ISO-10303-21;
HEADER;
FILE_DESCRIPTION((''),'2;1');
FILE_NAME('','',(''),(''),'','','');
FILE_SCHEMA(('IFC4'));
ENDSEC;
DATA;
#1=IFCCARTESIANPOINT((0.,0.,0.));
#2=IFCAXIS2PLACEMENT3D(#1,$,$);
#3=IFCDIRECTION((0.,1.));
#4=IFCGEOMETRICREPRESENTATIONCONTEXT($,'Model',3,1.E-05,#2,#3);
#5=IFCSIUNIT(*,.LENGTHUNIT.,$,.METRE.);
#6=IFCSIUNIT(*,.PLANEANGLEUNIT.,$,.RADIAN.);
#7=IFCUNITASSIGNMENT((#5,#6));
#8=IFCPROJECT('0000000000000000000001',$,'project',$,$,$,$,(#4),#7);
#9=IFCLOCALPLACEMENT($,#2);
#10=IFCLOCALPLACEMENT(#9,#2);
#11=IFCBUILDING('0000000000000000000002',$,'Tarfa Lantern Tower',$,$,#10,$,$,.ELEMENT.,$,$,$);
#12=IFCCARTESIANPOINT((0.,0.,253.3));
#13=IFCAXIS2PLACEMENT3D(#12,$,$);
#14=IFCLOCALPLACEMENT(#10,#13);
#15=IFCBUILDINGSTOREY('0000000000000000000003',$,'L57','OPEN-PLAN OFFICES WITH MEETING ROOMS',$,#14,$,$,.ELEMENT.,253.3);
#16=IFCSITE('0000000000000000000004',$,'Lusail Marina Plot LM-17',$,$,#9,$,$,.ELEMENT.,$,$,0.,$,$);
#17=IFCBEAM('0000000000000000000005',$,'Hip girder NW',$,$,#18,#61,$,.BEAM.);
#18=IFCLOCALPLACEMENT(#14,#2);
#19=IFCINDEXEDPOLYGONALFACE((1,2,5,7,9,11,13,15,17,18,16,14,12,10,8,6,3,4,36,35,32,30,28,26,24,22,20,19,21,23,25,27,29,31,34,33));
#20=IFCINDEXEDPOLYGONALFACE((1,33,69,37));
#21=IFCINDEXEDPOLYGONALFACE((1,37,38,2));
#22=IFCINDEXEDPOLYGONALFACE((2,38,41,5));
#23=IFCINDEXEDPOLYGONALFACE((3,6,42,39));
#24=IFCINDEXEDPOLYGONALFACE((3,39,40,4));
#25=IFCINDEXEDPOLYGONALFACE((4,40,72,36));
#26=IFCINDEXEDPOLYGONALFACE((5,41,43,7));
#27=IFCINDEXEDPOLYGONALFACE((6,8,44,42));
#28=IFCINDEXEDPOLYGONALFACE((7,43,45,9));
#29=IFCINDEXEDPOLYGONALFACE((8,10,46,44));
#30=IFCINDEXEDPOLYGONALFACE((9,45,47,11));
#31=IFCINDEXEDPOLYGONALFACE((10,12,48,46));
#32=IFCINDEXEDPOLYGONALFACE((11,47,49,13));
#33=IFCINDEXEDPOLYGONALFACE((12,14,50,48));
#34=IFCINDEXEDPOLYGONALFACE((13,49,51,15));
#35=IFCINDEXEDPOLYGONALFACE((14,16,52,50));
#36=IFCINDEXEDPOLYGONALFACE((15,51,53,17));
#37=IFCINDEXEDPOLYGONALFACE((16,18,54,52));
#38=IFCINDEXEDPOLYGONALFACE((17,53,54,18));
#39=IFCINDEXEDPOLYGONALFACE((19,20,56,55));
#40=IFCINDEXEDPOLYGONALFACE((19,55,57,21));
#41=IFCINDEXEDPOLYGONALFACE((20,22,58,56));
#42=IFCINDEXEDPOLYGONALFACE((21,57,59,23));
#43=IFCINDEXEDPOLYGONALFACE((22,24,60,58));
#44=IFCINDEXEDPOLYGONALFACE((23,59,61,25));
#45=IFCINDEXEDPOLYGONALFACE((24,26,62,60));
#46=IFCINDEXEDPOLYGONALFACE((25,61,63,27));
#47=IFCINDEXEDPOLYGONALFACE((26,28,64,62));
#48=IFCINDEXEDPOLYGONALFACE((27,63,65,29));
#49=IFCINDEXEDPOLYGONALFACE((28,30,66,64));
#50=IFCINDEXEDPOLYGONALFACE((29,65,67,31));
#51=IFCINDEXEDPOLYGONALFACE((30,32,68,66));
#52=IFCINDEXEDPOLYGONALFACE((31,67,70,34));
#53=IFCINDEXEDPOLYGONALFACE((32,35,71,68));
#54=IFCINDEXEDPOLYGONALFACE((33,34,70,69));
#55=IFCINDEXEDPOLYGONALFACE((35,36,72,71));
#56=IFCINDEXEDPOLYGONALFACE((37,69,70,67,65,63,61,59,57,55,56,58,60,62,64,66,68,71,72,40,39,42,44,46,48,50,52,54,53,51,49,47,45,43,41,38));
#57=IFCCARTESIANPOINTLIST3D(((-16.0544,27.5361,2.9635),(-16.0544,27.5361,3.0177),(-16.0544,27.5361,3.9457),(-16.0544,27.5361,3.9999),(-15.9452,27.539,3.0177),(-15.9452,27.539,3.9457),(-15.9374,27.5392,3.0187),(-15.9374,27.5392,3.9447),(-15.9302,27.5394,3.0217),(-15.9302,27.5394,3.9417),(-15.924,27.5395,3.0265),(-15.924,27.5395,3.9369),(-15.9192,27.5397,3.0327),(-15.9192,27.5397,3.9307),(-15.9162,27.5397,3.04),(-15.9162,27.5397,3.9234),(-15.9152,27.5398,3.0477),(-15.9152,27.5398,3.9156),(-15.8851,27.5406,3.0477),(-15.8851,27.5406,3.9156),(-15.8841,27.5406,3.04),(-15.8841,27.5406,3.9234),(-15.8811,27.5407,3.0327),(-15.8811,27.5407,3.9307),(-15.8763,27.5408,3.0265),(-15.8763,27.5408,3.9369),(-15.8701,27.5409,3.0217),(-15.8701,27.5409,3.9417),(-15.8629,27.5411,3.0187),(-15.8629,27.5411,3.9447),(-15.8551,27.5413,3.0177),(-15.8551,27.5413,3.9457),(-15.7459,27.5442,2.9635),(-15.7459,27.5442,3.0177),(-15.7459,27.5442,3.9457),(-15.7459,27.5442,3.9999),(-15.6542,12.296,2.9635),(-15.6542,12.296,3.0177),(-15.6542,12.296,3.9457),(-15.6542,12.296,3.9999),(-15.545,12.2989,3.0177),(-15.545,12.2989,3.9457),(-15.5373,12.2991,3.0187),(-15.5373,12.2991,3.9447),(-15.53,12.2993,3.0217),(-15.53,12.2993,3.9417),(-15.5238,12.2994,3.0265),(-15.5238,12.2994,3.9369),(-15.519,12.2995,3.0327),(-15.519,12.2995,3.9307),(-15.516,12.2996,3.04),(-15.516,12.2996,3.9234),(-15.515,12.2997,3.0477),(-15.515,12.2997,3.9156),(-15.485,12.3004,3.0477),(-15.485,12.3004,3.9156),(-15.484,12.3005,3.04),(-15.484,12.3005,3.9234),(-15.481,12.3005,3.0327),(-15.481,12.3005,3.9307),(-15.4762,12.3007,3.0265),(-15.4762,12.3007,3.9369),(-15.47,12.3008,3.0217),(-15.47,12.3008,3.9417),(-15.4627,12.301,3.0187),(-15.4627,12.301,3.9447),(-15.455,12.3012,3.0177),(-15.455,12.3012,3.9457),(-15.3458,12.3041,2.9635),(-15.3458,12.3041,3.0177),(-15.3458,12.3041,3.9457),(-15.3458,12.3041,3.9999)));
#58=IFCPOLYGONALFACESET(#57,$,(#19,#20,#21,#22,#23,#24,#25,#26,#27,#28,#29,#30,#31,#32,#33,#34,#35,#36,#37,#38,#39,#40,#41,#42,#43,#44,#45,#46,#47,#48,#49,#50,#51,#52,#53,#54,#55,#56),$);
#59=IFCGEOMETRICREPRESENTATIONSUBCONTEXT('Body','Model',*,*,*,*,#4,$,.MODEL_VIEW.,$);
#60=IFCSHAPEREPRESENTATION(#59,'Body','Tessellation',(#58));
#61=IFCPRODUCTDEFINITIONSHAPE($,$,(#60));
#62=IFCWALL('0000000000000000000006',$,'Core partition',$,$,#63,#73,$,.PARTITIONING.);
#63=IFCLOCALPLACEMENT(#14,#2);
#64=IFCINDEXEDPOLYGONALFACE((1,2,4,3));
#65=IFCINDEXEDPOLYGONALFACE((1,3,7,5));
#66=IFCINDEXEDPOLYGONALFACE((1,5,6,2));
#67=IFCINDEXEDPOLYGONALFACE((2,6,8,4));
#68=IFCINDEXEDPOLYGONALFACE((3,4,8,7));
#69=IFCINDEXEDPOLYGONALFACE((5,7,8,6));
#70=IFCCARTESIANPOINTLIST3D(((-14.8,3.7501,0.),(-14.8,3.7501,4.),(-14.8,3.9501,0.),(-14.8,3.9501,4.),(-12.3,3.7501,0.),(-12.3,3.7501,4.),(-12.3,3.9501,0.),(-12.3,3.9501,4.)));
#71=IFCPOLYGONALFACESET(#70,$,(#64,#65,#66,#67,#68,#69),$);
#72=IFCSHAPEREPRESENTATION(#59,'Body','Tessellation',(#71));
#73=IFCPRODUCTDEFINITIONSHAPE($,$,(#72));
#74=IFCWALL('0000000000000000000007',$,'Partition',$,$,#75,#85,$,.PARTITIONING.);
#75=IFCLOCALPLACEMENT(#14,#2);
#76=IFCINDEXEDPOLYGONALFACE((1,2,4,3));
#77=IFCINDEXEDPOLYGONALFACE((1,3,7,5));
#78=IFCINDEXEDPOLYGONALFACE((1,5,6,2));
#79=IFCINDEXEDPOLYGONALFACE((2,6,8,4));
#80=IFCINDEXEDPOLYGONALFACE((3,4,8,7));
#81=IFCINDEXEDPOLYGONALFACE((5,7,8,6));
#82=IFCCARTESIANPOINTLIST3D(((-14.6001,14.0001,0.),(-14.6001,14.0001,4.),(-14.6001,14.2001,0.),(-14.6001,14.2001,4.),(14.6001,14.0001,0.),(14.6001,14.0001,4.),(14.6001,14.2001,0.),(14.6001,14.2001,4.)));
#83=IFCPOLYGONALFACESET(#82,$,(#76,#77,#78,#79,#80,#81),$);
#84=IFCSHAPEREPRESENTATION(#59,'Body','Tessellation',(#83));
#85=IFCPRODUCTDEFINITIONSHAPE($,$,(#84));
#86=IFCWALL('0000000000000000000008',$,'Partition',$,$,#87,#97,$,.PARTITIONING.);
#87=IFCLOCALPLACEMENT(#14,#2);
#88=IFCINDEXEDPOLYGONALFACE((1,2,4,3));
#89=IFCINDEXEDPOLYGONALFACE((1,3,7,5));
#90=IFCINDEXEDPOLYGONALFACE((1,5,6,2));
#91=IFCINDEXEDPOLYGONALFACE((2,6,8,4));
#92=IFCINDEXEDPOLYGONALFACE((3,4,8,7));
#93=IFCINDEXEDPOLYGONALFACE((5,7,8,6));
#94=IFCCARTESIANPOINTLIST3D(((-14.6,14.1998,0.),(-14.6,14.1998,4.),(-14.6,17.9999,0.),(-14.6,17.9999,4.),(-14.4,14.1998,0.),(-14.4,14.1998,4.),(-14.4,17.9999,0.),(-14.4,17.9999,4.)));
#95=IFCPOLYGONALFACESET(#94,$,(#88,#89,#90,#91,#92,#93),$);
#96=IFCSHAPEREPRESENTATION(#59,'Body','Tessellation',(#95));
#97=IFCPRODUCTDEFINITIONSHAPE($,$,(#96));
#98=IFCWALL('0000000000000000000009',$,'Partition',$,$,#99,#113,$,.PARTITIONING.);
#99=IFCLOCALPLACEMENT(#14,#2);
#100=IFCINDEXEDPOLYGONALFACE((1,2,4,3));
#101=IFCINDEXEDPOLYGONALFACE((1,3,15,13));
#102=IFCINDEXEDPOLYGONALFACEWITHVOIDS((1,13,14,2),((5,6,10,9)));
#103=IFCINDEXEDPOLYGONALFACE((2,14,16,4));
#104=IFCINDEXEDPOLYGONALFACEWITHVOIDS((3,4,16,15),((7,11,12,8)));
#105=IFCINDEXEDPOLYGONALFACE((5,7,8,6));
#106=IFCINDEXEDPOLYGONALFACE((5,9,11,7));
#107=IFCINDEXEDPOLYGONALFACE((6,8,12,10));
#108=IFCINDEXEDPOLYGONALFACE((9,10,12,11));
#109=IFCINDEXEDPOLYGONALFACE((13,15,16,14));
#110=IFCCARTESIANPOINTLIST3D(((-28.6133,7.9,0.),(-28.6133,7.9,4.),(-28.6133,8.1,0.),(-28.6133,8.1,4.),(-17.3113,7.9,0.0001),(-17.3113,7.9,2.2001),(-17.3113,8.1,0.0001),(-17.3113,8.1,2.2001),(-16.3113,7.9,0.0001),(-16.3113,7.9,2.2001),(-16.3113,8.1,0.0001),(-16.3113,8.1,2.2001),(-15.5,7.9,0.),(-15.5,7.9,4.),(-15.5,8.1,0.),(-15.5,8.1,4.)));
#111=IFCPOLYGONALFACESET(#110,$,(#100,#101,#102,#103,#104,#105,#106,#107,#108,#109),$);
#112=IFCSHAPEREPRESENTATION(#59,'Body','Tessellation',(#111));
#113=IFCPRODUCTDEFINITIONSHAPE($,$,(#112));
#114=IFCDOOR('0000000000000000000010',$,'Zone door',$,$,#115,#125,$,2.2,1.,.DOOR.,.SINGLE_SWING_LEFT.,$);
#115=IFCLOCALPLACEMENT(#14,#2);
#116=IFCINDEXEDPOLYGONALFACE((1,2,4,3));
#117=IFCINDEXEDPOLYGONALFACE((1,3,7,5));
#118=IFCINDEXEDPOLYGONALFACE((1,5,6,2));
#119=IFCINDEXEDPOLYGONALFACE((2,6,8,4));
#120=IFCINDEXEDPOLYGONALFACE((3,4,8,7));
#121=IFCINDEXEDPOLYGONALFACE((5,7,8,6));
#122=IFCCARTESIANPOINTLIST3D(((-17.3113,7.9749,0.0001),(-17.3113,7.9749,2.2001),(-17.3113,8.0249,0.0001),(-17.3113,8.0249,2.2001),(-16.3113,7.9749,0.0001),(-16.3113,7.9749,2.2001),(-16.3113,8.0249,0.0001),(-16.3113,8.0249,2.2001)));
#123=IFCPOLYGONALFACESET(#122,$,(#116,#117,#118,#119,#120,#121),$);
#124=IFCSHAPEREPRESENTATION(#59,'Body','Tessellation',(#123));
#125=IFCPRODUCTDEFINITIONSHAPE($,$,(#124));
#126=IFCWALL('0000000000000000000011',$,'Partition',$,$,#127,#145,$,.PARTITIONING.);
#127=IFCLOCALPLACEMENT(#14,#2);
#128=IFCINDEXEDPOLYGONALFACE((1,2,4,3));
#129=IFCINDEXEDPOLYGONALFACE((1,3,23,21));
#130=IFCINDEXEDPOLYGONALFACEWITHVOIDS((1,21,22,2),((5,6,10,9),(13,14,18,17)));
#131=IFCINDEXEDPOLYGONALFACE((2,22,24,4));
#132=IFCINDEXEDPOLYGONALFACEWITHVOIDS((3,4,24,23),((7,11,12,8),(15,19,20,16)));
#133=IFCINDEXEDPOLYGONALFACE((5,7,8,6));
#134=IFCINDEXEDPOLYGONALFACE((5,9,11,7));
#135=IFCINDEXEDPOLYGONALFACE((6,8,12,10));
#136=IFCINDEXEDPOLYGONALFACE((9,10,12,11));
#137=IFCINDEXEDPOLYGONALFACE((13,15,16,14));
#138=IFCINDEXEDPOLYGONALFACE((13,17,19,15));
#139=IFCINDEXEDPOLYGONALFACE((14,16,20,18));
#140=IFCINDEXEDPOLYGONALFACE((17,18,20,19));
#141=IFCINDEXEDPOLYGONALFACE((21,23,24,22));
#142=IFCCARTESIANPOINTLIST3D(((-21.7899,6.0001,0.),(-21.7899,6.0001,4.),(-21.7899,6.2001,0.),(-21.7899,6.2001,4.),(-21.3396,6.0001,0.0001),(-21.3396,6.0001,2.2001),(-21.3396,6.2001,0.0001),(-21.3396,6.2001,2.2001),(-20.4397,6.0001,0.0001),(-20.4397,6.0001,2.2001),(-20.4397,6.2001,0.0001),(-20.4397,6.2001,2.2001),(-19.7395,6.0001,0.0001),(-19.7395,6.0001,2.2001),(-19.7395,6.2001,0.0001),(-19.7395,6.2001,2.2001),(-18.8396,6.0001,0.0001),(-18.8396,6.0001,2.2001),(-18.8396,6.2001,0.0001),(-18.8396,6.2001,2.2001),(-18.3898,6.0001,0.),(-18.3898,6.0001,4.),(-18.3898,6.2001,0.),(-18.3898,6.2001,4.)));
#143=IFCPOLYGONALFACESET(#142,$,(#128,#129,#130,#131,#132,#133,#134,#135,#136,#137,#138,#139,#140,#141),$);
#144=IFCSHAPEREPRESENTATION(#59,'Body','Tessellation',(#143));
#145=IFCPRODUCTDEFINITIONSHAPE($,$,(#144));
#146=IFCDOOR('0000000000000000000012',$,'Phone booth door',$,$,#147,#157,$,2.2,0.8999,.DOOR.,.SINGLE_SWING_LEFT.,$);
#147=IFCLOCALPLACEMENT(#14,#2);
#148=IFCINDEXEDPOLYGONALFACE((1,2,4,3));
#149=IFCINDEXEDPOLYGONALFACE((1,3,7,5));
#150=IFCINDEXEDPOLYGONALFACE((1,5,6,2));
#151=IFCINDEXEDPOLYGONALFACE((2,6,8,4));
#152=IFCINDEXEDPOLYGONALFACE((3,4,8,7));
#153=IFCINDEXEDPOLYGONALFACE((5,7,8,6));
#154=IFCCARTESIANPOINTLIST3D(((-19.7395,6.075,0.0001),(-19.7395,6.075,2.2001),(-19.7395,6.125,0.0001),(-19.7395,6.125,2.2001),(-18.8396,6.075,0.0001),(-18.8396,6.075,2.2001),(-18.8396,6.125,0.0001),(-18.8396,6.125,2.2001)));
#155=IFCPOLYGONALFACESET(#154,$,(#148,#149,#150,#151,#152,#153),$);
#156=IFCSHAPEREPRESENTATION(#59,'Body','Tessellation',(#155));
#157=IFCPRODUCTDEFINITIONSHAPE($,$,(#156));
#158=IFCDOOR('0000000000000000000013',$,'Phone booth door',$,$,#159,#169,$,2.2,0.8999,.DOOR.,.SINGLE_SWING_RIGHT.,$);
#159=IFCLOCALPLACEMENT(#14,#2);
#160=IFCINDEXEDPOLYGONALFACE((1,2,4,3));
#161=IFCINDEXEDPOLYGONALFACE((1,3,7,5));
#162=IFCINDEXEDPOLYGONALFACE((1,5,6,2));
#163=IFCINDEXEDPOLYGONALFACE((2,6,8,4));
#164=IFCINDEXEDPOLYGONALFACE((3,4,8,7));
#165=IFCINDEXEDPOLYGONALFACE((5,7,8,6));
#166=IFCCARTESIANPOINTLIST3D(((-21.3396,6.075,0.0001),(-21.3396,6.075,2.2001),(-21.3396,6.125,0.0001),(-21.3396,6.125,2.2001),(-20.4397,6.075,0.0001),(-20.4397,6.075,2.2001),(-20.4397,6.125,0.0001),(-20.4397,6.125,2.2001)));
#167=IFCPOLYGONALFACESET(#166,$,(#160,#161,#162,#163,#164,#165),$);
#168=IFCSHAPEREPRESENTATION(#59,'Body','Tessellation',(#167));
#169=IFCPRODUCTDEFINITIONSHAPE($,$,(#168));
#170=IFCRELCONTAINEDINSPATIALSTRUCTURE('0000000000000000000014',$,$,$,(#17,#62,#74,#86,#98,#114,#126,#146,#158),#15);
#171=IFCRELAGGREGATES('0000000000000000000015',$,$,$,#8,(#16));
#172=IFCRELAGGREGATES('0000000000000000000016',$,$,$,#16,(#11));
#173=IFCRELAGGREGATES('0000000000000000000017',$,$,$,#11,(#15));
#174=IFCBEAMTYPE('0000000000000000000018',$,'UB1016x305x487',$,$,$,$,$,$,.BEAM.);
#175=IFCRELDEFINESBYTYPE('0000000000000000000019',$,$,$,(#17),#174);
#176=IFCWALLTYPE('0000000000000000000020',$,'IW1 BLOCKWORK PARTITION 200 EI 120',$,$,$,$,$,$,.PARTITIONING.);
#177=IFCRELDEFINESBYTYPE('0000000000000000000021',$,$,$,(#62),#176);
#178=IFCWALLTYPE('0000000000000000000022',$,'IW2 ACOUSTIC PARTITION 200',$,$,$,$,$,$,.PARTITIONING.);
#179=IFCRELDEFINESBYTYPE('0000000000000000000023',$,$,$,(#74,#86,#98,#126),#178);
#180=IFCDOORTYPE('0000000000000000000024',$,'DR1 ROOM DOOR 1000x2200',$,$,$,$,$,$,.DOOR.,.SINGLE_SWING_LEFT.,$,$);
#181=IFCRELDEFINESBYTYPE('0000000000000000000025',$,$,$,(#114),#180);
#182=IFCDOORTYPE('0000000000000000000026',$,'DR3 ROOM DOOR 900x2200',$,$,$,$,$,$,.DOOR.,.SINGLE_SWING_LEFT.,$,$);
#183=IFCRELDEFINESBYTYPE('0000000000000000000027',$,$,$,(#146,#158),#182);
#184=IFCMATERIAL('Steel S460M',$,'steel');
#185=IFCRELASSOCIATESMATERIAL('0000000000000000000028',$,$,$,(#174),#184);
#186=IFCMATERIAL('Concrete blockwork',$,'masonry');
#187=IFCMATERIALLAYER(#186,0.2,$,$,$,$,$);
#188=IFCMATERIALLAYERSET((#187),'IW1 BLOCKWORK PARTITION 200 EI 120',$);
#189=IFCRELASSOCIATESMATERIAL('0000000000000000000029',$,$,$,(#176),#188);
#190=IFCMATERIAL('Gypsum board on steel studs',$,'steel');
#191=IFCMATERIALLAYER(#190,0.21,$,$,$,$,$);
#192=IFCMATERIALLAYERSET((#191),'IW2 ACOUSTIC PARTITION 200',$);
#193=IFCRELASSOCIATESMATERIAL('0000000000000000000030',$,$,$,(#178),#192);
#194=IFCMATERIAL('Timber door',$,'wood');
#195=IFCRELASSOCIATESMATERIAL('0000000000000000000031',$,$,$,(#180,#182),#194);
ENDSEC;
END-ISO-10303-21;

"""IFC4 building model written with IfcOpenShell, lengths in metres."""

from ifc_helpers import new_model, si_unit, direction, frame, frame_2d, origin, origin_2d, place, context, subcontext, project, spatial, rectangle, i_section, extrude, material, layer, layer_set, material_profile, profile_set, type_object, element, fill, save


model = new_model("IFC4")

# Units and contexts
model_context = context("Model", 3, precision=1e-05, world=origin(), true_north=direction((0.0, 1.0)))
body_context = subcontext(model_context, "Body", "Model", "MODEL_VIEW")
ifc_project = project(units=[si_unit("LENGTHUNIT", "METRE"), si_unit("PLANEANGLEUNIT", "RADIAN")], contexts=[model_context])

# Site, building, storey
site_placement = place(None, origin())
site = spatial("IfcSite", under=ifc_project, at=site_placement, Name="Lusail Marina Plot LM-17", CompositionType="ELEMENT", RefElevation=0.0)
building_placement = place(site_placement, origin())
building = spatial("IfcBuilding", under=site, at=building_placement, Name="Tarfa Lantern Tower", CompositionType="ELEMENT")
storey_placement = place(building_placement, frame((0.0, 0.0, 253.3)))
storey = spatial("IfcBuildingStorey", under=building, at=storey_placement, Name="L57", Description="OPEN-PLAN OFFICES WITH MEETING ROOMS", CompositionType="ELEMENT", Elevation=253.3)

# Beam
ifc_material_1 = material(Name="Steel S460M", Category="steel")
ifc_material_profile = material_profile(ifc_material_1, i_section(OverallWidth=0.3086, OverallDepth=1.0364, WebThickness=0.03, FlangeThickness=0.0542, FilletRadius=0.03, at=origin_2d()), Name="UB1016x305x487")
ifc_profile_set = profile_set([ifc_material_profile], Name="Steel S460M")
beam_type = type_object("IfcBeamType", Name="UB1016x305x487", PredefinedType="BEAM", material=ifc_profile_set)
beam_placement = place(storey_placement, frame((-15.5, 12.3, 3.4817), z_axis=(-0.026247, 0.999655, 0.0), x_axis=(-0.999655, -0.026247, 0.0)))
element("IfcBeam", 1, at=beam_placement, inside=storey, type_object=beam_type, Name="Hip girder NW", PredefinedType="BEAM", context=body_context, shape_type="SweptSolid", body=[
    extrude(i_section(OverallWidth=0.3086, OverallDepth=1.0364, WebThickness=0.03, FlangeThickness=0.0542, FilletRadius=0.03, at=origin_2d()), origin(), (0.0, 0.0, 1.0), 15.2454),
])

# Walls
ifc_material_2 = material(Name="Concrete blockwork", Category="masonry")
ifc_layer_1 = layer(ifc_material_2, 0.2)
ifc_layer_set_1 = layer_set([ifc_layer_1], Name="IW1 BLOCKWORK PARTITION 200 EI 120")
wall_type_1 = type_object("IfcWallType", Name="IW1 BLOCKWORK PARTITION 200 EI 120", PredefinedType="PARTITIONING", material=ifc_layer_set_1)
wall_1_placement = place(storey_placement, frame((-14.8, 3.8501, 0.0), z_axis=(0.0, 0.0, 1.0), x_axis=(1.0, 0.0, 0.0)))
element("IfcWall", 2, at=wall_1_placement, inside=storey, type_object=wall_type_1, Name="Core partition", PredefinedType="PARTITIONING", context=body_context, shape_type="SweptSolid", body=[
    extrude(rectangle(XDim=2.5, YDim=0.2, at=frame_2d((1.25, 0.0))), origin(), (0.0, 0.0, 1.0), 4.0),
])
ifc_material_3 = material(Name="Gypsum board on steel studs", Category="steel")
ifc_layer_2 = layer(ifc_material_3, 0.21)
ifc_layer_set_2 = layer_set([ifc_layer_2], Name="IW2 ACOUSTIC PARTITION 200")
wall_type_2 = type_object("IfcWallType", Name="IW2 ACOUSTIC PARTITION 200", PredefinedType="PARTITIONING", material=ifc_layer_set_2)
wall_2_placement = place(storey_placement, frame((-14.6001, 14.1001, 0.0), z_axis=(0.0, 0.0, 1.0), x_axis=(1.0, 0.0, 0.0)))
element("IfcWall", 3, at=wall_2_placement, inside=storey, type_object=wall_type_2, Name="Partition", PredefinedType="PARTITIONING", context=body_context, shape_type="SweptSolid", body=[
    extrude(rectangle(XDim=29.2002, YDim=0.2, at=frame_2d((14.6001, 0.0))), origin(), (0.0, 0.0, 1.0), 4.0),
])
wall_3_placement = place(storey_placement, frame((-14.5, 14.2, 0.0), z_axis=(0.0, 0.0, 1.0), x_axis=(0.0, 1.0, 0.0)))
element("IfcWall", 4, at=wall_3_placement, inside=storey, type_object=wall_type_2, Name="Partition", PredefinedType="PARTITIONING", context=body_context, shape_type="SweptSolid", body=[
    extrude(rectangle(XDim=3.8, YDim=0.2, at=frame_2d((1.8999, 0.0))), origin(), (0.0, 0.0, 1.0), 4.0),
])

# Wall, opening, door
wall_4_placement = place(storey_placement, frame((-15.5, 8.0, 0.0), z_axis=(0.0, 0.0, 1.0), x_axis=(-1.0, 0.0, 0.0)))
wall_4 = element("IfcWall", 5, at=wall_4_placement, inside=storey, type_object=wall_type_2, Name="Partition", PredefinedType="PARTITIONING", context=body_context, shape_type="SweptSolid", body=[
    extrude(rectangle(XDim=13.1133, YDim=0.2, at=frame_2d((6.5566, 0.0))), origin(), (0.0, 0.0, 1.0), 4.0),
])
opening_1_placement = place(wall_4_placement, frame((0.8113, 0.0, 0.0)))
opening_1 = element("IfcOpeningElement", 6, at=opening_1_placement, cuts=wall_4, PredefinedType="OPENING", context=body_context, shape_type="SweptSolid", body=[
    extrude(rectangle(XDim=1.0, YDim=2.2, at=frame_2d((0.5, 1.1001))), frame((0.0, 0.1099, 0.0), z_axis=(0.0, -1.0, 0.0), x_axis=(1.0, 0.0, 0.0)), (0.0, 0.0, 1.0), 0.22),
])
ifc_material_4 = material(Name="Timber door", Category="wood")
door_type_1 = type_object("IfcDoorType", Name="DR1 ROOM DOOR 1000x2200", OperationType="SINGLE_SWING_LEFT", PredefinedType="DOOR", material=ifc_material_4)
door_1_placement = place(opening_1_placement, frame((1.0, 0.0, 0.0), z_axis=(0.0, 0.0, 1.0), x_axis=(-1.0, 0.0, 0.0)))
door_1 = element("IfcDoor", 7, at=door_1_placement, inside=storey, type_object=door_type_1, Name="Zone door", OperationType="SINGLE_SWING_LEFT", OverallHeight=2.2, OverallWidth=1.0, PredefinedType="DOOR", context=body_context, shape_type="SweptSolid", body=[
    extrude(rectangle(XDim=1.0, YDim=2.2, at=frame_2d((0.5, 1.1001))), frame((0.0, 0.0249, 0.0), z_axis=(0.0, -1.0, 0.0), x_axis=(1.0, 0.0, 0.0)), (0.0, 0.0, 1.0), 0.05),
])
fill(opening_1, door_1)

# Wall, openings, doors
wall_5_placement = place(storey_placement, frame((-18.3896, 6.1001, 0.0), z_axis=(0.0, 0.0, 1.0), x_axis=(-1.0, 0.0, 0.0)))
wall_5 = element("IfcWall", 8, at=wall_5_placement, inside=storey, type_object=wall_type_2, Name="Partition", PredefinedType="PARTITIONING", context=body_context, shape_type="SweptSolid", body=[
    extrude(rectangle(XDim=3.4001, YDim=0.2, at=frame_2d((1.7002, 0.0))), origin(), (0.0, 0.0, 1.0), 4.0),
])
opening_2_placement = place(wall_5_placement, frame((0.45, 0.0, 0.0)))
opening_2 = element("IfcOpeningElement", 9, at=opening_2_placement, cuts=wall_5, PredefinedType="OPENING", context=body_context, shape_type="SweptSolid", body=[
    extrude(rectangle(XDim=0.8999, YDim=2.2, at=frame_2d((0.45, 1.1001))), frame((0.0, 0.1099, 0.0), z_axis=(0.0, -1.0, 0.0), x_axis=(1.0, 0.0, 0.0)), (0.0, 0.0, 1.0), 0.22),
])
opening_3_placement = place(wall_5_placement, frame((2.05, 0.0, 0.0)))
opening_3 = element("IfcOpeningElement", 10, at=opening_3_placement, cuts=wall_5, PredefinedType="OPENING", context=body_context, shape_type="SweptSolid", body=[
    extrude(rectangle(XDim=0.8999, YDim=2.2, at=frame_2d((0.45, 1.1001))), frame((0.0, 0.1099, 0.0), z_axis=(0.0, -1.0, 0.0), x_axis=(1.0, 0.0, 0.0)), (0.0, 0.0, 1.0), 0.22),
])
door_type_2 = type_object("IfcDoorType", Name="DR3 ROOM DOOR 900x2200", OperationType="SINGLE_SWING_LEFT", PredefinedType="DOOR", material=ifc_material_4)
door_2_placement = place(opening_2_placement, frame((0.8999, 0.0, 0.0), z_axis=(0.0, 0.0, 1.0), x_axis=(-1.0, 0.0, 0.0)))
door_2 = element("IfcDoor", 11, at=door_2_placement, inside=storey, type_object=door_type_2, Name="Phone booth door", OperationType="SINGLE_SWING_LEFT", OverallHeight=2.2, OverallWidth=0.8999, PredefinedType="DOOR", context=body_context, shape_type="SweptSolid", body=[
    extrude(rectangle(XDim=0.8999, YDim=2.2, at=frame_2d((0.45, 1.1001))), frame((0.0, 0.0249, 0.0), z_axis=(0.0, -1.0, 0.0), x_axis=(1.0, 0.0, 0.0)), (0.0, 0.0, 1.0), 0.05),
])
fill(opening_2, door_2)
door_3_placement = place(opening_3_placement, frame((0.8999, 0.0, 0.0), z_axis=(0.0, 0.0, 1.0), x_axis=(-1.0, 0.0, 0.0)))
door_3 = element("IfcDoor", 12, at=door_3_placement, inside=storey, type_object=door_type_2, Name="Phone booth door", OperationType="SINGLE_SWING_RIGHT", OverallHeight=2.2, OverallWidth=0.8999, PredefinedType="DOOR", context=body_context, shape_type="SweptSolid", body=[
    extrude(rectangle(XDim=0.8999, YDim=2.2, at=frame_2d((0.45, 1.1001))), frame((0.0, 0.0249, 0.0), z_axis=(0.0, -1.0, 0.0), x_axis=(1.0, 0.0, 0.0)), (0.0, 0.0, 1.0), 0.05),
])
fill(opening_3, door_3)

save(model, "model.ifc")
